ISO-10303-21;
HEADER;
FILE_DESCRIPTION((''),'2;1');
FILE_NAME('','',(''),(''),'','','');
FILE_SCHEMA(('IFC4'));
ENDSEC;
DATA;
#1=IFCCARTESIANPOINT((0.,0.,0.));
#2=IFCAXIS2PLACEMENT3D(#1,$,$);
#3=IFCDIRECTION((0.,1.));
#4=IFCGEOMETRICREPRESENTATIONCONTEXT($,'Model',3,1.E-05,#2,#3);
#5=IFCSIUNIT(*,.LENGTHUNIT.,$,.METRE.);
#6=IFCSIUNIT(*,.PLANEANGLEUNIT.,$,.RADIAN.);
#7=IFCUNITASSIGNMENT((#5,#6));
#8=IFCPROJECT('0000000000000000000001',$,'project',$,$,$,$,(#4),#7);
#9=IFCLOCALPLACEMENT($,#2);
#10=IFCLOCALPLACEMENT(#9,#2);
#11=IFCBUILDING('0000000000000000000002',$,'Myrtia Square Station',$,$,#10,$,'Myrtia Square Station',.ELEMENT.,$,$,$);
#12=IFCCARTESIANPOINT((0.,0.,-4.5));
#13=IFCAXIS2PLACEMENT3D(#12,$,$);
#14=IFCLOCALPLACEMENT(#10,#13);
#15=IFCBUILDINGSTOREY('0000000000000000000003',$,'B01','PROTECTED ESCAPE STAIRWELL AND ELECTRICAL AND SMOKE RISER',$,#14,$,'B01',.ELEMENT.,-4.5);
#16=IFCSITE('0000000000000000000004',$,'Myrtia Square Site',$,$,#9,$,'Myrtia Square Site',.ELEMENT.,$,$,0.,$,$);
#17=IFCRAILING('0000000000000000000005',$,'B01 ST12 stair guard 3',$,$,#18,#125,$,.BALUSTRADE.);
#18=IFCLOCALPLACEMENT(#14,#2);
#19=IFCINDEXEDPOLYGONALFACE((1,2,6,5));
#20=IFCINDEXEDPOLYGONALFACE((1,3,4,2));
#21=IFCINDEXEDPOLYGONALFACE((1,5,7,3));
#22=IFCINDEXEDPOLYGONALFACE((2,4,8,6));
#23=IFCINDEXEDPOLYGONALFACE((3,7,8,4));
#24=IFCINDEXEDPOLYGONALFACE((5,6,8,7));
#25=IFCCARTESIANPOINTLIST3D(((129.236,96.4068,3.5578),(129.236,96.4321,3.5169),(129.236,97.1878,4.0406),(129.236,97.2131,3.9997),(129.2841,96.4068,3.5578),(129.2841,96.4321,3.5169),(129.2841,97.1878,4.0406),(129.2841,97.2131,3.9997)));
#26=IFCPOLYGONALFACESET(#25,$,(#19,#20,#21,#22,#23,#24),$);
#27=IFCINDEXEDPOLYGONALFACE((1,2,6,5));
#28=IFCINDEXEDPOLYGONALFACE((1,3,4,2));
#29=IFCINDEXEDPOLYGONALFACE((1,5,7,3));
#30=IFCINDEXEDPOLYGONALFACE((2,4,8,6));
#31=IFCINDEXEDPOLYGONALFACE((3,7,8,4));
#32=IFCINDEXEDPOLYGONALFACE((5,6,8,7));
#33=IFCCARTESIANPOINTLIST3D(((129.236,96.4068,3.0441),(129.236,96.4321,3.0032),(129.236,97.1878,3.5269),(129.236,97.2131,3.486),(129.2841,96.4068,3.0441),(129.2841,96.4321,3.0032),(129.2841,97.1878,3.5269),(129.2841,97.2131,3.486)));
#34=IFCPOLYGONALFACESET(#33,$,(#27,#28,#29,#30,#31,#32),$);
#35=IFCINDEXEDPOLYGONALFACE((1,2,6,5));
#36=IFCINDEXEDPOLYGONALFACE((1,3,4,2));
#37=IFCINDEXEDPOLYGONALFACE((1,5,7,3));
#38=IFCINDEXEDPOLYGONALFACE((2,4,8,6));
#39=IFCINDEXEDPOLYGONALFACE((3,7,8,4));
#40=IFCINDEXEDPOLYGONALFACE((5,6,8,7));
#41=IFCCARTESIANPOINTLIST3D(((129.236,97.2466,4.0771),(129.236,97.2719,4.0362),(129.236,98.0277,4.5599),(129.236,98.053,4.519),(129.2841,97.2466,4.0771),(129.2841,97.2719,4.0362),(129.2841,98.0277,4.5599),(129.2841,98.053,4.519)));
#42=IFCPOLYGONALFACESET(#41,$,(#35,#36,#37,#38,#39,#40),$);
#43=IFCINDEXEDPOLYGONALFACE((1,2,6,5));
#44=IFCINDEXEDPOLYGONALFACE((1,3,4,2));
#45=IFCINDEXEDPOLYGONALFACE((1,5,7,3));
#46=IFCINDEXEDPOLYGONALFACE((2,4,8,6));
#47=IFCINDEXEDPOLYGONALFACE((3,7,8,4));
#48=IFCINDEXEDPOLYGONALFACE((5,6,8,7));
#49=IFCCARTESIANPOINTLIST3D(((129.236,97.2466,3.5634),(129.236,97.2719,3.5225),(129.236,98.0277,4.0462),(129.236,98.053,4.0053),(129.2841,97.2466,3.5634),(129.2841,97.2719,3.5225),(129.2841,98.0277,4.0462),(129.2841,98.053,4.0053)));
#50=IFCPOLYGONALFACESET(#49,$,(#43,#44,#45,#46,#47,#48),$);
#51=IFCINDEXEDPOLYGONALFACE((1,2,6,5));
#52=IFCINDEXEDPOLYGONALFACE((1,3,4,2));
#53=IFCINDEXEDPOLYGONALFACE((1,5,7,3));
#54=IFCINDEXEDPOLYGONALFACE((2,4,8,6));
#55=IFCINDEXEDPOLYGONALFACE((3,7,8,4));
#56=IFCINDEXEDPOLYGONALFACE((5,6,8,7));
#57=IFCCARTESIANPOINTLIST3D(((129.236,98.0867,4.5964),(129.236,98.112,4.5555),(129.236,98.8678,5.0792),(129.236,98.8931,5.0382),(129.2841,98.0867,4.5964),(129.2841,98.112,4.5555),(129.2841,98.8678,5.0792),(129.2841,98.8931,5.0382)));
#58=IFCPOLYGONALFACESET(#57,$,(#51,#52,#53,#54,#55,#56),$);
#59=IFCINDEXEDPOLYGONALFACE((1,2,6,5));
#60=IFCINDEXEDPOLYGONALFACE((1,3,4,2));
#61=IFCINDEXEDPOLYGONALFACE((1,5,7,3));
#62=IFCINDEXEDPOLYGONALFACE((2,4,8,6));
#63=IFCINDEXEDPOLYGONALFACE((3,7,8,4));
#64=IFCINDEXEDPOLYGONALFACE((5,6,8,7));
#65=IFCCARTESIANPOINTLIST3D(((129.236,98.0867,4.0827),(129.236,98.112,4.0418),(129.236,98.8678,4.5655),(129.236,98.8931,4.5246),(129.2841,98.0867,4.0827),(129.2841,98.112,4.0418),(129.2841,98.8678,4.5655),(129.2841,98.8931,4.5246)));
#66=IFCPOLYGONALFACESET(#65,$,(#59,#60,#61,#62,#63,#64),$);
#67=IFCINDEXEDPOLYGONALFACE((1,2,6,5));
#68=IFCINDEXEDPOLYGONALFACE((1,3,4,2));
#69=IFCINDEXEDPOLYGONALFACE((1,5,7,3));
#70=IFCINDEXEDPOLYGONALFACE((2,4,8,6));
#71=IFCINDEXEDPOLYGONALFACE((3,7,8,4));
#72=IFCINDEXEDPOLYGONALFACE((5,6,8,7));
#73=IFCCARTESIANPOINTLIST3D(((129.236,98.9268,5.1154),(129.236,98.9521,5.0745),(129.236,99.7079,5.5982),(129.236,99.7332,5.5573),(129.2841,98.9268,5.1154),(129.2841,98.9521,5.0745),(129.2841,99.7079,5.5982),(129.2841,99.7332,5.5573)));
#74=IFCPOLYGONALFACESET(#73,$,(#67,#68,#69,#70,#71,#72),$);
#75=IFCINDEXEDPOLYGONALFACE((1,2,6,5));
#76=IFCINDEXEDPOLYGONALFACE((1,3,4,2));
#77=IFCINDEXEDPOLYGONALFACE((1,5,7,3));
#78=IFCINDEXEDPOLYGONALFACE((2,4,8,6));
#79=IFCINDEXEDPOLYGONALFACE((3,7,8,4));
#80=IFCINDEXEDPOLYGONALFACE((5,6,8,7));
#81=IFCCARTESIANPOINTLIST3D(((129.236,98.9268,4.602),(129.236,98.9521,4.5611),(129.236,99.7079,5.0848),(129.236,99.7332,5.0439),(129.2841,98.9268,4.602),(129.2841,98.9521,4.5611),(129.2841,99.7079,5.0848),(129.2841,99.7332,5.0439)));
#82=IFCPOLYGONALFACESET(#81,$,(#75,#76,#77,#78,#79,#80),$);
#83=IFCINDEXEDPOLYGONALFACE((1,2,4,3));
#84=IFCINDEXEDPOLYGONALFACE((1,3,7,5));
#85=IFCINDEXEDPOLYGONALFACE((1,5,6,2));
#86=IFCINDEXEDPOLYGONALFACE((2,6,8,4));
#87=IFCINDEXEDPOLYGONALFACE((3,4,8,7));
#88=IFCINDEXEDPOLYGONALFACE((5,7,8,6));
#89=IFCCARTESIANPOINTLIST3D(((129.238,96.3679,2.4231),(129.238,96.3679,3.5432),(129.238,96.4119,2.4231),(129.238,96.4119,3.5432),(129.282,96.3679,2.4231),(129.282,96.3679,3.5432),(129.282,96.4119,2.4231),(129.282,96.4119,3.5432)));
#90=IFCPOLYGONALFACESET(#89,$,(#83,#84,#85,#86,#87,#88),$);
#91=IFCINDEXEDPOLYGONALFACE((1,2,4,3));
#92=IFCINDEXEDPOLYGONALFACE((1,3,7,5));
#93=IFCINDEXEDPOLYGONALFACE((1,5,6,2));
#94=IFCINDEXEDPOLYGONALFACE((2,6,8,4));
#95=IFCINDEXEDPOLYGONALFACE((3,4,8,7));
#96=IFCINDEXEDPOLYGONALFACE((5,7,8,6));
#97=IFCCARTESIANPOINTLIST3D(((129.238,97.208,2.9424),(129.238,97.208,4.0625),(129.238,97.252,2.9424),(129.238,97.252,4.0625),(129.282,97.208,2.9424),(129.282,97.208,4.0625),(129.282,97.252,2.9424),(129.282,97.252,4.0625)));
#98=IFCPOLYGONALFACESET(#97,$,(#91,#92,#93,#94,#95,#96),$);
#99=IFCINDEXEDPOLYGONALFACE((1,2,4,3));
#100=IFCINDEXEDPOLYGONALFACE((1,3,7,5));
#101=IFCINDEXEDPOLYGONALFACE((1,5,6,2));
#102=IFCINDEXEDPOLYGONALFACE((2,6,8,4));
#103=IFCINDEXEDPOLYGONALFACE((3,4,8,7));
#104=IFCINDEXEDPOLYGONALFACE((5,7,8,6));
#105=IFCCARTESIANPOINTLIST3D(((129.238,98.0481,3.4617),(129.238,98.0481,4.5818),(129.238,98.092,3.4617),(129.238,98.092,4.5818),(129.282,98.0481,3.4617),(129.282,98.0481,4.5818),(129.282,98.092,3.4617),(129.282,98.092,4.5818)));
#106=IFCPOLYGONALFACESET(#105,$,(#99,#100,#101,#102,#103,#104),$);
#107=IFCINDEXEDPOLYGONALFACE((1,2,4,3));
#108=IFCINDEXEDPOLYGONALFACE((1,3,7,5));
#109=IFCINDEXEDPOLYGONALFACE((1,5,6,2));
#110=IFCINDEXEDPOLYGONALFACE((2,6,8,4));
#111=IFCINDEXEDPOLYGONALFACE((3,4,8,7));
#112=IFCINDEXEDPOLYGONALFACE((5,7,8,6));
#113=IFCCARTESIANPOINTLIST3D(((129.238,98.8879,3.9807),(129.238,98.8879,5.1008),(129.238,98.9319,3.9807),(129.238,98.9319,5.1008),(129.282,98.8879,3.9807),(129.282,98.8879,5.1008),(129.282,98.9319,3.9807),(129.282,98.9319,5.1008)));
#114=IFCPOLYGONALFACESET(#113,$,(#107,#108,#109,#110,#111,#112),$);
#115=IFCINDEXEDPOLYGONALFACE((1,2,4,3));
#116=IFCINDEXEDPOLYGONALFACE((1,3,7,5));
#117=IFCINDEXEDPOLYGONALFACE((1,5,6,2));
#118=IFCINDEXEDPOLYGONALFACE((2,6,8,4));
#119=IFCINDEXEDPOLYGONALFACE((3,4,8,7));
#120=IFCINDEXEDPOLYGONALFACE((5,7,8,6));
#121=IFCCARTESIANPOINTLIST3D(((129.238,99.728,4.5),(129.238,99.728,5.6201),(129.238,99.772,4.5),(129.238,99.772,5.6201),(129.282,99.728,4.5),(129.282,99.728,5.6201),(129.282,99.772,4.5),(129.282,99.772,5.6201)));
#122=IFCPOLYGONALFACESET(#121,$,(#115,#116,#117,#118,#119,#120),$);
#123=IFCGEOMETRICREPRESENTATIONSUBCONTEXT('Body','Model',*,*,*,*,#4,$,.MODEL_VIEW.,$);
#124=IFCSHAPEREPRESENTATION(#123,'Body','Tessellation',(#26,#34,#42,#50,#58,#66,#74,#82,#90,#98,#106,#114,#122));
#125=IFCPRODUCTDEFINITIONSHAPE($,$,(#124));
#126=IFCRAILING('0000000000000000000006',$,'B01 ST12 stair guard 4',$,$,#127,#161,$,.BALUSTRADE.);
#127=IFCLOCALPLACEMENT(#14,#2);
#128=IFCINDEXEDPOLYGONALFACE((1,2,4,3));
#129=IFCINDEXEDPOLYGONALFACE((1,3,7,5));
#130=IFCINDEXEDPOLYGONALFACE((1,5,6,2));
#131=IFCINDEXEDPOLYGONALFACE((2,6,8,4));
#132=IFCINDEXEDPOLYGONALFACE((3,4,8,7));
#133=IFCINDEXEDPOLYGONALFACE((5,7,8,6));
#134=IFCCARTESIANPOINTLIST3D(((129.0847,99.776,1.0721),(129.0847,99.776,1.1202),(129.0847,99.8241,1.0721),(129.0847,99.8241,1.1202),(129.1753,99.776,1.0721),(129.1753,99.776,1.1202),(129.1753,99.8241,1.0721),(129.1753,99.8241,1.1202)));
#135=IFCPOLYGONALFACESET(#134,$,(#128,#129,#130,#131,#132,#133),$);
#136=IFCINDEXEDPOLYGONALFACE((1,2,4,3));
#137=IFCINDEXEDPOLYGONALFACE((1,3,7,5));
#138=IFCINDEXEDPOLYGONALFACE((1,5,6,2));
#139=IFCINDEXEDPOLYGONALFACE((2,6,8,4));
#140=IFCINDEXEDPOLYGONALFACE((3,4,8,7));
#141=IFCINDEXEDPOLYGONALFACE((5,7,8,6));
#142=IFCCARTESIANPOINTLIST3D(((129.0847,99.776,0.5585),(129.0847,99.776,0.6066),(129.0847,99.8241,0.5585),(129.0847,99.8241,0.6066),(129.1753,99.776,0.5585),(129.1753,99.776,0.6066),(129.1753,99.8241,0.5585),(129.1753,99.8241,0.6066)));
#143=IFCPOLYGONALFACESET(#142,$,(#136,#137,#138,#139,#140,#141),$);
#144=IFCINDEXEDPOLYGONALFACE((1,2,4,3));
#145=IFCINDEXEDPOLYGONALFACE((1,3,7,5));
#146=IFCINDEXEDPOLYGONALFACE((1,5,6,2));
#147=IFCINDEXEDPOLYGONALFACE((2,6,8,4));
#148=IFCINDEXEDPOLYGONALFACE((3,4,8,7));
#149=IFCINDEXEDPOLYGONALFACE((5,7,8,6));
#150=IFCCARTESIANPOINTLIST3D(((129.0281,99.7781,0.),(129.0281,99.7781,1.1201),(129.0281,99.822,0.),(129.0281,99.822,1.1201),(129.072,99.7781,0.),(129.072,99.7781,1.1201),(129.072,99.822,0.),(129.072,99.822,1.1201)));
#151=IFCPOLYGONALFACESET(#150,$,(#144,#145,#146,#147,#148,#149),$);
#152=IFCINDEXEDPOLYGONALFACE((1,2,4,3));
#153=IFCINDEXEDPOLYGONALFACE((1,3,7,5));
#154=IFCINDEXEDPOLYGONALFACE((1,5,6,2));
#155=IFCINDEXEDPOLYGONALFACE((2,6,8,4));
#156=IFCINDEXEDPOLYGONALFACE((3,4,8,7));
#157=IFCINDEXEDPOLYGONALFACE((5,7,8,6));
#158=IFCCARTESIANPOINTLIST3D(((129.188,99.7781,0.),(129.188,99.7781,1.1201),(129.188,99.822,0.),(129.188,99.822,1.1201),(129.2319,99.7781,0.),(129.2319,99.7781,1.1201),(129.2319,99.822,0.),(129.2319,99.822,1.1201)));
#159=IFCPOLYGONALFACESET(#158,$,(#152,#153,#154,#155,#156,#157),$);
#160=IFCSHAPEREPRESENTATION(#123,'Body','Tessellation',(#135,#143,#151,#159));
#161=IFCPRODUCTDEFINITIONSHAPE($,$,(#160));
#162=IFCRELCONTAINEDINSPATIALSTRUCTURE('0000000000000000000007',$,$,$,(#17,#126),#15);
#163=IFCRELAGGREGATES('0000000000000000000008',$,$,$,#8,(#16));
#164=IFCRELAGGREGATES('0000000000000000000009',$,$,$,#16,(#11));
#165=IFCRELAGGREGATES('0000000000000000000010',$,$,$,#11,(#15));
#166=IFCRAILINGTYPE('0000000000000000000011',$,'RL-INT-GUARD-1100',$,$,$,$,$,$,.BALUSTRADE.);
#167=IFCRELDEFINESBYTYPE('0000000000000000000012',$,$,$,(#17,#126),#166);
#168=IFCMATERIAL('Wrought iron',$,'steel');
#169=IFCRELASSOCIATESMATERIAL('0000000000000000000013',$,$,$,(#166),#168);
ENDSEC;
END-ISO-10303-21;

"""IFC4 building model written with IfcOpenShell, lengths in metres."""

from ifc_helpers import new_model, si_unit, direction, frame, origin, origin_2d, place, context, subcontext, project, spatial, rectangle, extrude, material, type_object, element, save


model = new_model("IFC4")

# Units and contexts
model_context = context("Model", 3, precision=1e-05, world=origin(), true_north=direction((0.0, 1.0)))
body_context = subcontext(model_context, "Body", "Model", "MODEL_VIEW")
ifc_project = project(units=[si_unit("LENGTHUNIT", "METRE"), si_unit("PLANEANGLEUNIT", "RADIAN")], contexts=[model_context])

# Site, building, storey
site_placement = place(None, origin())
site = spatial("IfcSite", under=ifc_project, at=site_placement, Name="Myrtia Square Site", LongName="Myrtia Square Site", CompositionType="ELEMENT", RefElevation=0.0)
building_placement = place(site_placement, origin())
building = spatial("IfcBuilding", under=site, at=building_placement, Name="Myrtia Square Station", LongName="Myrtia Square Station", CompositionType="ELEMENT")
storey_placement = place(building_placement, frame((0.0, 0.0, -4.5)))
storey = spatial("IfcBuildingStorey", under=building, at=storey_placement, Name="B01", Description="PROTECTED ESCAPE STAIRWELL AND ELECTRICAL AND SMOKE RISER", LongName="B01", CompositionType="ELEMENT", Elevation=-4.5)

# Railings
ifc_material_1 = material(Name="Wrought iron", Category="steel")
railing_type_1 = type_object("IfcRailingType", Name="RL-INT-GUARD-1100", PredefinedType="BALUSTRADE", material=ifc_material_1)
railing_1_placement = place(storey_placement, frame((129.26, 96.3899, 2.4231)))
element("IfcRailing", 1, at=railing_1_placement, inside=storey, type_object=railing_type_1, Name="B01 ST12 stair guard 3", PredefinedType="BALUSTRADE", context=body_context, shape_type="SweptSolid", body=[
    extrude(rectangle(XDim=0.0481, YDim=0.0481, at=origin_2d()), frame((0.0, 0.0295, 1.1143), z_axis=(0.0, 0.850623, 0.525776), x_axis=(-1.0, 0.0, 0.0)), (0.0, 0.0, 1.0), 0.9182),
    extrude(rectangle(XDim=0.0481, YDim=0.0481, at=origin_2d()), frame((0.0, 0.0295, 0.6006), z_axis=(0.0, 0.850623, 0.525776), x_axis=(-1.0, 0.0, 0.0)), (0.0, 0.0, 1.0), 0.9182),
    extrude(rectangle(XDim=0.0481, YDim=0.0481, at=origin_2d()), frame((0.0, 0.8694, 1.6335), z_axis=(0.0, 0.850623, 0.525776), x_axis=(-1.0, 0.0, 0.0)), (0.0, 0.0, 1.0), 0.9182),
    extrude(rectangle(XDim=0.0481, YDim=0.0481, at=origin_2d()), frame((0.0, 0.8694, 1.1199), z_axis=(0.0, 0.850623, 0.525776), x_axis=(-1.0, 0.0, 0.0)), (0.0, 0.0, 1.0), 0.9182),
    extrude(rectangle(XDim=0.0481, YDim=0.0481, at=origin_2d()), frame((0.0, 1.7095, 2.1528), z_axis=(0.0, 0.850623, 0.525776), x_axis=(-1.0, 0.0, 0.0)), (0.0, 0.0, 1.0), 0.9182),
    extrude(rectangle(XDim=0.0481, YDim=0.0481, at=origin_2d()), frame((0.0, 1.7095, 1.6392), z_axis=(0.0, 0.850623, 0.525776), x_axis=(-1.0, 0.0, 0.0)), (0.0, 0.0, 1.0), 0.9182),
    extrude(rectangle(XDim=0.0481, YDim=0.0481, at=origin_2d()), frame((0.0, 2.5496, 2.6719), z_axis=(0.0, 0.850623, 0.525776), x_axis=(-1.0, 0.0, 0.0)), (0.0, 0.0, 1.0), 0.9182),
    extrude(rectangle(XDim=0.0481, YDim=0.0481, at=origin_2d()), frame((0.0, 2.5496, 2.1584), z_axis=(0.0, 0.850623, 0.525776), x_axis=(-1.0, 0.0, 0.0)), (0.0, 0.0, 1.0), 0.9182),
    extrude(rectangle(XDim=0.0439, YDim=0.0439, at=origin_2d()), origin(), (0.0, 0.0, 1.0), 1.1201),
    extrude(rectangle(XDim=0.0439, YDim=0.0439, at=origin_2d()), frame((0.0, 0.8401, 0.5193)), (0.0, 0.0, 1.0), 1.1201),
    extrude(rectangle(XDim=0.0439, YDim=0.0439, at=origin_2d()), frame((0.0, 1.6802, 1.0386)), (0.0, 0.0, 1.0), 1.1201),
    extrude(rectangle(XDim=0.0439, YDim=0.0439, at=origin_2d()), frame((0.0, 2.52, 1.5576)), (0.0, 0.0, 1.0), 1.1201),
    extrude(rectangle(XDim=0.0439, YDim=0.0439, at=origin_2d()), frame((0.0, 3.3601, 2.0769)), (0.0, 0.0, 1.0), 1.1201),
])
railing_2_placement = place(storey_placement, frame((129.05, 99.8, 0.0)))
element("IfcRailing", 2, at=railing_2_placement, inside=storey, type_object=railing_type_1, Name="B01 ST12 stair guard 4", PredefinedType="BALUSTRADE", context=body_context, shape_type="SweptSolid", body=[
    extrude(rectangle(XDim=0.0481, YDim=0.0481, at=origin_2d()), frame((0.0347, 0.0, 1.0962), z_axis=(1.0, 0.0, 0.0), x_axis=(0.0, 1.0, 0.0)), (0.0, 0.0, 1.0), 0.0906),
    extrude(rectangle(XDim=0.0481, YDim=0.0481, at=origin_2d()), frame((0.0347, 0.0, 0.5825), z_axis=(1.0, 0.0, 0.0), x_axis=(0.0, 1.0, 0.0)), (0.0, 0.0, 1.0), 0.0906),
    extrude(rectangle(XDim=0.0439, YDim=0.0439, at=origin_2d()), origin(), (0.0, 0.0, 1.0), 1.1201),
    extrude(rectangle(XDim=0.0439, YDim=0.0439, at=origin_2d()), frame((0.1599, 0.0, 0.0)), (0.0, 0.0, 1.0), 1.1201),
])

save(model, "model.ifc")
